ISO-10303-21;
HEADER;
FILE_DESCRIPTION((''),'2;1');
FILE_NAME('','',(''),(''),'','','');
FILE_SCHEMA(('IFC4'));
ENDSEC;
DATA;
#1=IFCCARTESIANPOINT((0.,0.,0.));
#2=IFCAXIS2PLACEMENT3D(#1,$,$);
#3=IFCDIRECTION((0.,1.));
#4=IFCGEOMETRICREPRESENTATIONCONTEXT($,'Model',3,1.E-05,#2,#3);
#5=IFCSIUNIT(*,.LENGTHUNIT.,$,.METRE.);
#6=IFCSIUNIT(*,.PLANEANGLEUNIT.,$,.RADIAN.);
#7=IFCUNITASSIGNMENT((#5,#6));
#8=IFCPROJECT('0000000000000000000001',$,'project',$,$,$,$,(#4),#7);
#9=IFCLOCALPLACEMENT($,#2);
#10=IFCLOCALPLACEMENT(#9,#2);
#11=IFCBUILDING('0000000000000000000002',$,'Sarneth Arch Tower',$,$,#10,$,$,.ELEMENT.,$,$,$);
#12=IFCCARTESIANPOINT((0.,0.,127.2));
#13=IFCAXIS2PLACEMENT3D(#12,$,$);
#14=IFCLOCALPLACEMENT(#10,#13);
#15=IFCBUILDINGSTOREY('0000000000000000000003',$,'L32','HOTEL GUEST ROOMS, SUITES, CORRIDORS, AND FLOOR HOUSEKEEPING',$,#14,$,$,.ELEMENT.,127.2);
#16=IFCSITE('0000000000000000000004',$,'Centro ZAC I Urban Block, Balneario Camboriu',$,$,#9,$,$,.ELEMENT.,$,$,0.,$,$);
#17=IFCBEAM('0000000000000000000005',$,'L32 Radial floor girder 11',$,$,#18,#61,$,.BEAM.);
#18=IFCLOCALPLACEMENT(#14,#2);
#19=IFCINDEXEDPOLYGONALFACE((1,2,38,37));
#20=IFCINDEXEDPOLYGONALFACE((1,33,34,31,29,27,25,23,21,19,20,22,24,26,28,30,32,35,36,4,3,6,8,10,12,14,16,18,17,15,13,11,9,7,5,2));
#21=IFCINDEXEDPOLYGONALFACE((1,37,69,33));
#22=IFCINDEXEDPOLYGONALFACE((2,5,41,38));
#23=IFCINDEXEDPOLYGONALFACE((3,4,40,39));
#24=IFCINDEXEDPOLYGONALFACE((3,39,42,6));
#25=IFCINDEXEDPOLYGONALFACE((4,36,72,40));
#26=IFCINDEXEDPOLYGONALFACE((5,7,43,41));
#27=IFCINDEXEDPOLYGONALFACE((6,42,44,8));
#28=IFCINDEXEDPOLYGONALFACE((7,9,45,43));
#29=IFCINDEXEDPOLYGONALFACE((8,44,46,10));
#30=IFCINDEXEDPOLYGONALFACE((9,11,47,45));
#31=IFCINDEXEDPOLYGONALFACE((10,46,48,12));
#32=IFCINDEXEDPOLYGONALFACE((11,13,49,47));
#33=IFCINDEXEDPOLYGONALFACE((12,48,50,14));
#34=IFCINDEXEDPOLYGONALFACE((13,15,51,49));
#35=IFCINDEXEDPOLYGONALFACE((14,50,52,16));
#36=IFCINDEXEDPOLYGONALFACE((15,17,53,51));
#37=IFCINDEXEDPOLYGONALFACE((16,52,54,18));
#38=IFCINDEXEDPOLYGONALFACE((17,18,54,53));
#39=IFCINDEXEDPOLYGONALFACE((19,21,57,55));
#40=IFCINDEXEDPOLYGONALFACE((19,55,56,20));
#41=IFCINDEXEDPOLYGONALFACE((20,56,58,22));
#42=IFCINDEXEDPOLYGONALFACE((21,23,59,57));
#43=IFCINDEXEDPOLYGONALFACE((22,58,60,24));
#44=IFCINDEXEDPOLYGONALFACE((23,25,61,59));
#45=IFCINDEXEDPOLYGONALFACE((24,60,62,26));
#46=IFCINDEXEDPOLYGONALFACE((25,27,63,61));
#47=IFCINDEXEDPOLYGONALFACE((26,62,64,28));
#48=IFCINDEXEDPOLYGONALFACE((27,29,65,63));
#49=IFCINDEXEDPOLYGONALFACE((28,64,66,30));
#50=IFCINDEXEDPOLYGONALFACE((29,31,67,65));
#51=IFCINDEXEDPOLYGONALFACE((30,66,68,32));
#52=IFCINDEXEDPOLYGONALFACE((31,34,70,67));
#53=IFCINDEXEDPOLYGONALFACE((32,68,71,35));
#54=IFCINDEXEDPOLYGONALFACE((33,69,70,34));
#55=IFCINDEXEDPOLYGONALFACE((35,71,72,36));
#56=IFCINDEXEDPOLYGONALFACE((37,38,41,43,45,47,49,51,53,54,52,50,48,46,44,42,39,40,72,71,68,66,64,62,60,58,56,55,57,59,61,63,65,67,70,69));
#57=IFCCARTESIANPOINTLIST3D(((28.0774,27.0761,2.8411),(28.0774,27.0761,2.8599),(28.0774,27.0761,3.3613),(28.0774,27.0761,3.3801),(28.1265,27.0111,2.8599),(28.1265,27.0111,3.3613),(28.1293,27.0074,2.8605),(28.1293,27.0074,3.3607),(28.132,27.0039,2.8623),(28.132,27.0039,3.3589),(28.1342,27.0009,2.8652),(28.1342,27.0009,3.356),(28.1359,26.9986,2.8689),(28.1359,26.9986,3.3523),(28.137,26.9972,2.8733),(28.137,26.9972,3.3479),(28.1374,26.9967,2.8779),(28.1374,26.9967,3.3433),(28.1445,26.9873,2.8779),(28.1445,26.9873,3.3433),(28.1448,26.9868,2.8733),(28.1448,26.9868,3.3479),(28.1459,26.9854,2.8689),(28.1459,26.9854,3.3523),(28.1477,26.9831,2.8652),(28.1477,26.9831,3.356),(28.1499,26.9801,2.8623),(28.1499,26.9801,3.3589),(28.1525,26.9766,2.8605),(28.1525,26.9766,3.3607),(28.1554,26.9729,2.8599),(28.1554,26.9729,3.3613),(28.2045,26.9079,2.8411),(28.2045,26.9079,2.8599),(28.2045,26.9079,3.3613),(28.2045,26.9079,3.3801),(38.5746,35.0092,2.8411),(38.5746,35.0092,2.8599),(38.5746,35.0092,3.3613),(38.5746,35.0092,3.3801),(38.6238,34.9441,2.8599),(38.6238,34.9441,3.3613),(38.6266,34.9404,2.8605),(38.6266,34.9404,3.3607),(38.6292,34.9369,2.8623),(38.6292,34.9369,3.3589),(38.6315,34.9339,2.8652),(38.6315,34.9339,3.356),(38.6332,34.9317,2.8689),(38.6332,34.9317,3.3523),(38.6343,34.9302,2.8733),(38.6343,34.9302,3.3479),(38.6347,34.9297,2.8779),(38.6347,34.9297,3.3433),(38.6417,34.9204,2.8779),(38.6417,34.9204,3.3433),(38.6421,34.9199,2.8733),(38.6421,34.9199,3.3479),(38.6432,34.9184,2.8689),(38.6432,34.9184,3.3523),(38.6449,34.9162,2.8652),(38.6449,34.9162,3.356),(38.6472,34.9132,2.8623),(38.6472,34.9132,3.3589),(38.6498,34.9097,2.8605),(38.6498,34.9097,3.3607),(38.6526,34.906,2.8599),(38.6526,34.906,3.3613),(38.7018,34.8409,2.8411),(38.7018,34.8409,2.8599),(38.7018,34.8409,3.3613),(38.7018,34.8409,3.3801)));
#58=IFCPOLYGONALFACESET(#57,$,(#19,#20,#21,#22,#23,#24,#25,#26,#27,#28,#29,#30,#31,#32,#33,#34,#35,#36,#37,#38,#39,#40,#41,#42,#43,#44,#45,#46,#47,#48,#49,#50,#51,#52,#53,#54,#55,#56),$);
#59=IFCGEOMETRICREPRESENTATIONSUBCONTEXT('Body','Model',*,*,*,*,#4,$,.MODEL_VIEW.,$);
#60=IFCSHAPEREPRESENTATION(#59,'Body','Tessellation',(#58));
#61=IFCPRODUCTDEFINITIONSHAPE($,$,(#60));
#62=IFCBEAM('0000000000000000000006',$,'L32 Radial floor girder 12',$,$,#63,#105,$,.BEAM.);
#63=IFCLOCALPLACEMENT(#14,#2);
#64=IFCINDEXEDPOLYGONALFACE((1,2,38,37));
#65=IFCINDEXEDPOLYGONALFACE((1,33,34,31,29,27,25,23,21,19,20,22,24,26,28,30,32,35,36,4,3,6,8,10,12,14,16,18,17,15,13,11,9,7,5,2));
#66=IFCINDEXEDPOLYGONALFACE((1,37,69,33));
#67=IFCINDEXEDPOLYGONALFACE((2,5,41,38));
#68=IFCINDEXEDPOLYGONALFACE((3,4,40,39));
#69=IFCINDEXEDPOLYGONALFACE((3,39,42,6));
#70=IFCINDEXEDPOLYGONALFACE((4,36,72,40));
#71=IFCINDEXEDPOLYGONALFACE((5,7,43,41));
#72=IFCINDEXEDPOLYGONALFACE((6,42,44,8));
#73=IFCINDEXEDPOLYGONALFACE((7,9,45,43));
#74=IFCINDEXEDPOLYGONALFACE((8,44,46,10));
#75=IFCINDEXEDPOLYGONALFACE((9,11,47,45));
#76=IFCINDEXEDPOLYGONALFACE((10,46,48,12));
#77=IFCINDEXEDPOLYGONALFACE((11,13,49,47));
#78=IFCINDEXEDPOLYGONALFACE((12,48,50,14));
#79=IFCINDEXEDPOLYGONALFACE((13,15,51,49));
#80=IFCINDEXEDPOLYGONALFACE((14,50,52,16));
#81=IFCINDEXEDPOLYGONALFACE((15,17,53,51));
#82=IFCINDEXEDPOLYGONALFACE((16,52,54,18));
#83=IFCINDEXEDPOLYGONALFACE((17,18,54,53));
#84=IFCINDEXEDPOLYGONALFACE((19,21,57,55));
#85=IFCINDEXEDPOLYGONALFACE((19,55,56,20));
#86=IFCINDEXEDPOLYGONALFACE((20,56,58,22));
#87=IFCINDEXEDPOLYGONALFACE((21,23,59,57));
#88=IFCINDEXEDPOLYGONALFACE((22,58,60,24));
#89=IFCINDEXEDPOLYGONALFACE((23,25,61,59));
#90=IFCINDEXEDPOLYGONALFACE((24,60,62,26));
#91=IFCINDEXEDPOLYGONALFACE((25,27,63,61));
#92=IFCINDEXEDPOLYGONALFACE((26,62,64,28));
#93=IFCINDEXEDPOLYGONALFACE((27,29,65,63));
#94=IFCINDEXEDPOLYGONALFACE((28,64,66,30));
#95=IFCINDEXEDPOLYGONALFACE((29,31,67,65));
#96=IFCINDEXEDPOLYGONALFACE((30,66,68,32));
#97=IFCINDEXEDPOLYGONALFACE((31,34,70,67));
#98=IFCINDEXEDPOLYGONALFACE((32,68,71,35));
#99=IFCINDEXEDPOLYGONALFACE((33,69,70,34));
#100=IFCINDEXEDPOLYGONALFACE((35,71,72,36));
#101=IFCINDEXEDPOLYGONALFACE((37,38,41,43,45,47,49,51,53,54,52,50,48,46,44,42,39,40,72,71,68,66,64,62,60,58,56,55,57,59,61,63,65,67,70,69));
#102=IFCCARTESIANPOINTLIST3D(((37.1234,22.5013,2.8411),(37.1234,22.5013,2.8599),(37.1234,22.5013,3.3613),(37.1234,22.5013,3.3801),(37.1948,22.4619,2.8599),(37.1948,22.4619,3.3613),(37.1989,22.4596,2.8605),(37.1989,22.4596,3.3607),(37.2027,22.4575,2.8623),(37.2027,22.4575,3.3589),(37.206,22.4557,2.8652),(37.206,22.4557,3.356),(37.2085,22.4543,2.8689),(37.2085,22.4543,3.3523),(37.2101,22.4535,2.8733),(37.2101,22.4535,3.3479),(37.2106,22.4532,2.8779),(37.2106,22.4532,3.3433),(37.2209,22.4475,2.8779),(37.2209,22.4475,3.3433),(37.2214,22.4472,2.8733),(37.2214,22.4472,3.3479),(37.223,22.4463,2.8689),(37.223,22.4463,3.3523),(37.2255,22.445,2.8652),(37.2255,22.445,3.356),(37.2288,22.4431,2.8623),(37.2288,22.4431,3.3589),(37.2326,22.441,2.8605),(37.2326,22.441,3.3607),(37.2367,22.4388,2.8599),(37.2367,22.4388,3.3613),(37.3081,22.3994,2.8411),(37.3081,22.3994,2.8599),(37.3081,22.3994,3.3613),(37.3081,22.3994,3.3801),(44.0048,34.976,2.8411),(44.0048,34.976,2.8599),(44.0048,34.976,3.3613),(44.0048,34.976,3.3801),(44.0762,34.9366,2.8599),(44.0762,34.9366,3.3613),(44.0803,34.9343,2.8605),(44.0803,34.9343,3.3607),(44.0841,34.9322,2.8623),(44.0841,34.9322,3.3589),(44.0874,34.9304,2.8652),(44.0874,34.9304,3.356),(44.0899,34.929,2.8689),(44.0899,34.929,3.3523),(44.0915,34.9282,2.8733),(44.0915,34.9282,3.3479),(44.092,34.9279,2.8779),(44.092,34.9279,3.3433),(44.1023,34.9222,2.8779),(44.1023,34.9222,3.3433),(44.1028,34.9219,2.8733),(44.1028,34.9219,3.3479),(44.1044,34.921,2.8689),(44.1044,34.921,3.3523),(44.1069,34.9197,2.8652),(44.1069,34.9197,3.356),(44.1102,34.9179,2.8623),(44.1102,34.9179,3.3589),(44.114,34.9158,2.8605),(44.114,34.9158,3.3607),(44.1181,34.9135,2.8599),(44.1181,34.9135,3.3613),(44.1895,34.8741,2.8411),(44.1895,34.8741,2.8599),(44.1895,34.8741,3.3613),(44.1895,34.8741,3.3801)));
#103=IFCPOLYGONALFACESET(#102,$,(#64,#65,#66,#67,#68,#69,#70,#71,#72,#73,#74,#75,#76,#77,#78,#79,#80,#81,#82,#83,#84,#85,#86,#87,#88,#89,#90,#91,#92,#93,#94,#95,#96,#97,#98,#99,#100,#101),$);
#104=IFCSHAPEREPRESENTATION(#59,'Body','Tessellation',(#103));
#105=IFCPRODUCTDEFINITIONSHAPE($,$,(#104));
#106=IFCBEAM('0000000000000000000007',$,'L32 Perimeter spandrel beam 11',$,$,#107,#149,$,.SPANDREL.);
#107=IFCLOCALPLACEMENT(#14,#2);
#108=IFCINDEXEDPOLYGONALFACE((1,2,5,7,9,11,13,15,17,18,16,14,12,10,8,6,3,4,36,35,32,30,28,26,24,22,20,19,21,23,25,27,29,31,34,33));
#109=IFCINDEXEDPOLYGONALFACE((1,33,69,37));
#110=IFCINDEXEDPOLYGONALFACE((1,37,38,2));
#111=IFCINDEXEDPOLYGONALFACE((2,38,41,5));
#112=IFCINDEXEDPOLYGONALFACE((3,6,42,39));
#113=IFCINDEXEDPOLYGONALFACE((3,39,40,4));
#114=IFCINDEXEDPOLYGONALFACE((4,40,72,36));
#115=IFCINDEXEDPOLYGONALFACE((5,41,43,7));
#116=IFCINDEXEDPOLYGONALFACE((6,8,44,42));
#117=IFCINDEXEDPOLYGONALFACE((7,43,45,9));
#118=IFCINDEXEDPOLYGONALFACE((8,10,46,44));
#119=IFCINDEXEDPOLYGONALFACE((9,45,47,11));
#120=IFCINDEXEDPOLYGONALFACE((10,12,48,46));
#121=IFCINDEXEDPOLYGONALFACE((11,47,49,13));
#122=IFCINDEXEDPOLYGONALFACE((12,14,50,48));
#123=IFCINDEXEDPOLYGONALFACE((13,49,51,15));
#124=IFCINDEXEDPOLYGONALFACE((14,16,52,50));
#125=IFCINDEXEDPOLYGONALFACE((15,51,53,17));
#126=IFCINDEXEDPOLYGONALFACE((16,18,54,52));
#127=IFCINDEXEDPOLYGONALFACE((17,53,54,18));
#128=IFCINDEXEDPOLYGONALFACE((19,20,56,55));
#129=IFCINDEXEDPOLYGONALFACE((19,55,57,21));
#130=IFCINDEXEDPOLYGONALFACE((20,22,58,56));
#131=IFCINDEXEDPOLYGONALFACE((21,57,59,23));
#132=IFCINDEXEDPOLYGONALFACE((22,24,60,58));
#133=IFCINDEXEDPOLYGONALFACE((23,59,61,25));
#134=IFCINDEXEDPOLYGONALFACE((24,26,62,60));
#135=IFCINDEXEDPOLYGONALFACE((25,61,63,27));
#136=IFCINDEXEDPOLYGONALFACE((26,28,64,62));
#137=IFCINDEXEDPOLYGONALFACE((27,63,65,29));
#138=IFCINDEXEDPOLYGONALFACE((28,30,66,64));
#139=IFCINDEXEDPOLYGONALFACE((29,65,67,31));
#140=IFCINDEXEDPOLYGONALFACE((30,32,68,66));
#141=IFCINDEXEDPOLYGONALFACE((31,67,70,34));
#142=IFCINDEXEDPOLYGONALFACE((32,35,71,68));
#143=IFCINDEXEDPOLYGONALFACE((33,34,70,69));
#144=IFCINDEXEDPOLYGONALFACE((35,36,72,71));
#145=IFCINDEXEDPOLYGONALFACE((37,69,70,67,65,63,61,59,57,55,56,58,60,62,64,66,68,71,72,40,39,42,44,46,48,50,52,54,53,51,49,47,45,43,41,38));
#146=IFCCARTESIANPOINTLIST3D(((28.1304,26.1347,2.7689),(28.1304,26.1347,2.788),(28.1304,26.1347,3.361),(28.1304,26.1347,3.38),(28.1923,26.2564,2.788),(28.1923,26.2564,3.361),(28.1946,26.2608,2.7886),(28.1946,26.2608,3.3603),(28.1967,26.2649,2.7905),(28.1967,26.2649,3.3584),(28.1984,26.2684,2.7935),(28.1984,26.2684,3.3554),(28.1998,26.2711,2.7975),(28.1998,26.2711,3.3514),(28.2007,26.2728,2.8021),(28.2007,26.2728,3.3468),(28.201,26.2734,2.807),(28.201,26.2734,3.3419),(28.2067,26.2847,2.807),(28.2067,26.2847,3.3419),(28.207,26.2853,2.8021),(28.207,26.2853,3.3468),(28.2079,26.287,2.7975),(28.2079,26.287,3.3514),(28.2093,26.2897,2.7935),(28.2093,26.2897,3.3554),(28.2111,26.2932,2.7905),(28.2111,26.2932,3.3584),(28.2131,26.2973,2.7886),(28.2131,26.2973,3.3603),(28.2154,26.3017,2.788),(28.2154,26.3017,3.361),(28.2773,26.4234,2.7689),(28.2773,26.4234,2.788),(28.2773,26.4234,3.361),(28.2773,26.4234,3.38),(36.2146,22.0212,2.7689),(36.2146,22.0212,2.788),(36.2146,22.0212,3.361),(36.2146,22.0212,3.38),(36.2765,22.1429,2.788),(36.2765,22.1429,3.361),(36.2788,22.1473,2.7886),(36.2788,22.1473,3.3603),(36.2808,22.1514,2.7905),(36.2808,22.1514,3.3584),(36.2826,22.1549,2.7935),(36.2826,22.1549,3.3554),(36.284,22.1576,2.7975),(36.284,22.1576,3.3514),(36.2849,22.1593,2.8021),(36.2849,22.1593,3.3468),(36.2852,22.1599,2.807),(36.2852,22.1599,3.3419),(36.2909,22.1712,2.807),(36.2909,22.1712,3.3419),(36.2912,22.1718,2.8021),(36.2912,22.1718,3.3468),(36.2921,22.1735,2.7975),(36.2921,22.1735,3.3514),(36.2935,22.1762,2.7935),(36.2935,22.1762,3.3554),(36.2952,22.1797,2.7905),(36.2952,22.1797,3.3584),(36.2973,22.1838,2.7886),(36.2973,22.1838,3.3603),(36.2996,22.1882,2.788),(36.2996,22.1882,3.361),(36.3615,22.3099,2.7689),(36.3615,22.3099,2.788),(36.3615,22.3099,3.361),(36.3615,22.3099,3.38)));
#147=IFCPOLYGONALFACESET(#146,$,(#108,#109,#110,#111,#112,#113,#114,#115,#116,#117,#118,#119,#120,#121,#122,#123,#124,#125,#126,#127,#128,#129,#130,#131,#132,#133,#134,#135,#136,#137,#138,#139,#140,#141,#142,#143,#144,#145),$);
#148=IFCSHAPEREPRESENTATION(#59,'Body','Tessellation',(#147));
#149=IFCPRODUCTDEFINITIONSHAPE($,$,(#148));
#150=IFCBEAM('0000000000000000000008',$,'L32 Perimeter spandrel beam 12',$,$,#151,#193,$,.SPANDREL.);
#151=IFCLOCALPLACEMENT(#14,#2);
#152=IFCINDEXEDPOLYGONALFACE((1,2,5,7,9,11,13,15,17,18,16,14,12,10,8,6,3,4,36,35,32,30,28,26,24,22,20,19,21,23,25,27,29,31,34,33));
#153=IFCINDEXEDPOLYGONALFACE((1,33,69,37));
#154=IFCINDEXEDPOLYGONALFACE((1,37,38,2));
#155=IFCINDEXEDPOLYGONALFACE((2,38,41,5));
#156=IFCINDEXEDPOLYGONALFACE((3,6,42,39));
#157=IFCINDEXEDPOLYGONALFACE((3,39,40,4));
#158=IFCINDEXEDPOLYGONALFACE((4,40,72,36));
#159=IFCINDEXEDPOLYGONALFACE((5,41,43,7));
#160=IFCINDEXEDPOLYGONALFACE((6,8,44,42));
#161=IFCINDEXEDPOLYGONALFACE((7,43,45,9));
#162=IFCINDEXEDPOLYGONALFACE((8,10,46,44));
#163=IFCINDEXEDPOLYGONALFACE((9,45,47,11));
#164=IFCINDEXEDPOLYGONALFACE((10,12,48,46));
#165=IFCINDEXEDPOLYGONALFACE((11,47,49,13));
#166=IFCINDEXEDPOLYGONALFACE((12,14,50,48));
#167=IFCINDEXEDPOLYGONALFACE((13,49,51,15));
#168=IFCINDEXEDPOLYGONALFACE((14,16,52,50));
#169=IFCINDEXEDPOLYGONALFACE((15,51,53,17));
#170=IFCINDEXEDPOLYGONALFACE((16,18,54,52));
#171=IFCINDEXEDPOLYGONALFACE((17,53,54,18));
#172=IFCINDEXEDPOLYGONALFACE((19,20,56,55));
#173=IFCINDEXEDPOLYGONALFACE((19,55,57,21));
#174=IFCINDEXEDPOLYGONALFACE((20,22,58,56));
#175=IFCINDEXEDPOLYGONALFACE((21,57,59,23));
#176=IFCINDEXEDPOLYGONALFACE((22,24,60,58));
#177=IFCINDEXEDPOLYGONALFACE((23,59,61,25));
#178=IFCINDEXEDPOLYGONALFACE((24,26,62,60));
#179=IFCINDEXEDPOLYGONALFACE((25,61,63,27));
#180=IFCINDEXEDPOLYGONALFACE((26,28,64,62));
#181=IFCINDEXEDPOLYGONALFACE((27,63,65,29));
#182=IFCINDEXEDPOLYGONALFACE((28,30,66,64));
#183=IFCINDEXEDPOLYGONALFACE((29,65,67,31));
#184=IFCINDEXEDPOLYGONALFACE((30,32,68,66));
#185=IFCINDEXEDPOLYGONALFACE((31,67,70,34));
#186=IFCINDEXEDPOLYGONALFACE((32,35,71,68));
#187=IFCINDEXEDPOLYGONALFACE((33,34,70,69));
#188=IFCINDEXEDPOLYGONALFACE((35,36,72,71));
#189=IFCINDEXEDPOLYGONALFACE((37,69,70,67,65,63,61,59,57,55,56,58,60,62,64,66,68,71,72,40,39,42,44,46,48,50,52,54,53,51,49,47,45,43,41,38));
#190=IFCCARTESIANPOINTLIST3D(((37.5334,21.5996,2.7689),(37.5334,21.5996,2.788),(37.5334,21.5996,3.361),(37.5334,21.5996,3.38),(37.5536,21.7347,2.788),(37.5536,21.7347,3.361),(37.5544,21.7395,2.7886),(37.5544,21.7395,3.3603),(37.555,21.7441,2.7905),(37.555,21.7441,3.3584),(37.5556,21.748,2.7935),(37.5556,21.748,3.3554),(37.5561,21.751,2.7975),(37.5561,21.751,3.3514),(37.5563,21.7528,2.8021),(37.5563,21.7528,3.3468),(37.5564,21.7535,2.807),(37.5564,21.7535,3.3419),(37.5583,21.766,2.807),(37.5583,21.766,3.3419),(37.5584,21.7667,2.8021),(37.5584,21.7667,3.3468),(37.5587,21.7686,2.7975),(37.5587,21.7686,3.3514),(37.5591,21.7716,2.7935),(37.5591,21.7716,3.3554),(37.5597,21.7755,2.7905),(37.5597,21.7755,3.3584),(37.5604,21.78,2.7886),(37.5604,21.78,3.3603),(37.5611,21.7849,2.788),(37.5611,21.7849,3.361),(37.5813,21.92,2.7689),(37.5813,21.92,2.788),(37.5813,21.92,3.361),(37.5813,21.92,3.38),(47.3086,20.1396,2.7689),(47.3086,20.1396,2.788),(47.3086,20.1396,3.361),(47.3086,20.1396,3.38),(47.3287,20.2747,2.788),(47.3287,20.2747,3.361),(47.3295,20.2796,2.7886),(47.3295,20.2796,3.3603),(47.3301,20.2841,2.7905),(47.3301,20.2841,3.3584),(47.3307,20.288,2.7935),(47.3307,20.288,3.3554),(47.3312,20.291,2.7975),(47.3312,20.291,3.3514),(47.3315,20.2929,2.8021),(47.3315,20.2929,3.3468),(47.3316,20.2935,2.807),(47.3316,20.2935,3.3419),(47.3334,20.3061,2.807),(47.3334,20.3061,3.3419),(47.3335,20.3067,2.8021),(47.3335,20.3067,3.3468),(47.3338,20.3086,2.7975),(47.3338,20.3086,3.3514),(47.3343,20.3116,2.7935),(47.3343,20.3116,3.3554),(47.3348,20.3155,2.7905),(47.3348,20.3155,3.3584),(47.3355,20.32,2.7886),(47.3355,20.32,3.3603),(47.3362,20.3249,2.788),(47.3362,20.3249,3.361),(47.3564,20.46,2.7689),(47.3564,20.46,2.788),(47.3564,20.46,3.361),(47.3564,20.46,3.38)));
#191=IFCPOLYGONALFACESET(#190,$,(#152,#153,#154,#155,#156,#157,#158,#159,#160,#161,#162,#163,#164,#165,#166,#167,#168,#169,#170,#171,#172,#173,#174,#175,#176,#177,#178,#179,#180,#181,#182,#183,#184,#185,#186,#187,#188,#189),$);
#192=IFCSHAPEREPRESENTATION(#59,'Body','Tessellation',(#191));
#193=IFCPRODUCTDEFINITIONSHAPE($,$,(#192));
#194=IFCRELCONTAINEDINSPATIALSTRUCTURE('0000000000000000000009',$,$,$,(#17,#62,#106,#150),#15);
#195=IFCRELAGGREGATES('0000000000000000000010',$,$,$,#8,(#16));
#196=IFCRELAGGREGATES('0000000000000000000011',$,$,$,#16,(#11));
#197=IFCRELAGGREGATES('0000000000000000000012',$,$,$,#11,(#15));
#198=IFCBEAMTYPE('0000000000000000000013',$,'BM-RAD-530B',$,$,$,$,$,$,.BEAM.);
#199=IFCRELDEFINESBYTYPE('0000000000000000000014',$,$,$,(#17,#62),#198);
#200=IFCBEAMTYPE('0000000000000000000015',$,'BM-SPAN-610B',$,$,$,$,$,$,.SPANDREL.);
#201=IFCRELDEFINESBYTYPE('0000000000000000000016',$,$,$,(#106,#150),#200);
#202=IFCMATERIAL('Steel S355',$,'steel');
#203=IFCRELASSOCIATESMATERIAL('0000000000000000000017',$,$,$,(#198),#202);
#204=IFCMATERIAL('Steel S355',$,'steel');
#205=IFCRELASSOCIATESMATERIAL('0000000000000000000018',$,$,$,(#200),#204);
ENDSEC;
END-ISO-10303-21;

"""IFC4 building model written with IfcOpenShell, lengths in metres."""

from ifc_helpers import new_model, si_unit, direction, frame, origin, origin_2d, place, context, subcontext, project, spatial, i_section, extrude, material, material_profile, profile_set, type_object, element, save


model = new_model("IFC4")

# Units and contexts
model_context = context("Model", 3, precision=1e-05, world=origin(), true_north=direction((0.0, 1.0)))
body_context = subcontext(model_context, "Body", "Model", "MODEL_VIEW")
ifc_project = project(units=[si_unit("LENGTHUNIT", "METRE"), si_unit("PLANEANGLEUNIT", "RADIAN")], contexts=[model_context])

# Site, building, storey
site_placement = place(None, origin())
site = spatial("IfcSite", under=ifc_project, at=site_placement, Name="Centro ZAC I Urban Block, Balneario Camboriu", CompositionType="ELEMENT", RefElevation=0.0)
building_placement = place(site_placement, origin())
building = spatial("IfcBuilding", under=site, at=building_placement, Name="Sarneth Arch Tower", CompositionType="ELEMENT")
storey_placement = place(building_placement, frame((0.0, 0.0, 127.2)))
storey = spatial("IfcBuildingStorey", under=building, at=storey_placement, Name="L32", Description="HOTEL GUEST ROOMS, SUITES, CORRIDORS, AND FLOOR HOUSEKEEPING", CompositionType="ELEMENT", Elevation=127.2)

# Beams
ifc_material_1 = material(Name="Steel S355", Category="steel")
ifc_material_profile_1 = material_profile(ifc_material_1, i_section(OverallWidth=0.2109, OverallDepth=0.5391, WebThickness=0.0117, FlangeThickness=0.0188, FilletRadius=0.0181, at=origin_2d()), Name="W530x109")
ifc_profile_set_1 = profile_set([ifc_material_profile_1], Name="Steel S355")
beam_type_1 = type_object("IfcBeamType", Name="BM-RAD-530B", PredefinedType="BEAM", material=ifc_profile_set_1)
beam_1_placement = place(storey_placement, frame((38.6382, 34.925, 3.1106), z_axis=(-0.797801, -0.60292, 0.0), x_axis=(0.60292, -0.797801, 0.0)))
element("IfcBeam", 1, at=beam_1_placement, inside=storey, type_object=beam_type_1, Name="L32 Radial floor girder 11", PredefinedType="BEAM", context=body_context, shape_type="SweptSolid", body=[
    extrude(i_section(OverallWidth=0.2109, OverallDepth=0.5391, WebThickness=0.0117, FlangeThickness=0.0188, FilletRadius=0.0181, at=origin_2d()), origin(), (0.0, 0.0, 1.0), 13.1577),
])
beam_2_placement = place(storey_placement, frame((44.0972, 34.925, 3.1106), z_axis=(-0.483013, -0.875613, 0.0), x_axis=(0.875613, -0.483013, 0.0)))
element("IfcBeam", 2, at=beam_2_placement, inside=storey, type_object=beam_type_1, Name="L32 Radial floor girder 12", PredefinedType="BEAM", context=body_context, shape_type="SweptSolid", body=[
    extrude(i_section(OverallWidth=0.2109, OverallDepth=0.5391, WebThickness=0.0117, FlangeThickness=0.0188, FilletRadius=0.0181, at=origin_2d()), origin(), (0.0, 0.0, 1.0), 14.2468),
])
ifc_material_2 = material(Name="Steel S355", Category="steel")
ifc_material_profile_2 = material_profile(ifc_material_2, i_section(OverallWidth=0.324, OverallDepth=0.6111, WebThickness=0.0127, FlangeThickness=0.019, FilletRadius=0.019, at=origin_2d()), Name="W610x155")
ifc_profile_set_2 = profile_set([ifc_material_profile_2], Name="Steel S355")
beam_type_2 = type_object("IfcBeamType", Name="BM-SPAN-610B", PredefinedType="SPANDREL", material=ifc_profile_set_2)
beam_3_placement = place(storey_placement, frame((28.2039, 26.2791, 3.0745), z_axis=(0.891256, -0.453501, 0.0), x_axis=(0.453501, 0.891256, 0.0)))
element("IfcBeam", 3, at=beam_3_placement, inside=storey, type_object=beam_type_2, Name="L32 Perimeter spandrel beam 11", PredefinedType="SPANDREL", context=body_context, shape_type="SweptSolid", body=[
    extrude(i_section(OverallWidth=0.324, OverallDepth=0.6111, WebThickness=0.0127, FlangeThickness=0.019, FilletRadius=0.019, at=origin_2d()), origin(), (0.0, 0.0, 1.0), 9.0706),
])
beam_4_placement = place(storey_placement, frame((37.5574, 21.7598, 3.0745), z_axis=(0.98903, -0.147716, 0.0), x_axis=(0.147716, 0.98903, 0.0)))
element("IfcBeam", 4, at=beam_4_placement, inside=storey, type_object=beam_type_2, Name="L32 Perimeter spandrel beam 12", PredefinedType="SPANDREL", context=body_context, shape_type="SweptSolid", body=[
    extrude(i_section(OverallWidth=0.324, OverallDepth=0.6111, WebThickness=0.0127, FlangeThickness=0.019, FilletRadius=0.019, at=origin_2d()), origin(), (0.0, 0.0, 1.0), 9.8835),
])

save(model, "model.ifc")
